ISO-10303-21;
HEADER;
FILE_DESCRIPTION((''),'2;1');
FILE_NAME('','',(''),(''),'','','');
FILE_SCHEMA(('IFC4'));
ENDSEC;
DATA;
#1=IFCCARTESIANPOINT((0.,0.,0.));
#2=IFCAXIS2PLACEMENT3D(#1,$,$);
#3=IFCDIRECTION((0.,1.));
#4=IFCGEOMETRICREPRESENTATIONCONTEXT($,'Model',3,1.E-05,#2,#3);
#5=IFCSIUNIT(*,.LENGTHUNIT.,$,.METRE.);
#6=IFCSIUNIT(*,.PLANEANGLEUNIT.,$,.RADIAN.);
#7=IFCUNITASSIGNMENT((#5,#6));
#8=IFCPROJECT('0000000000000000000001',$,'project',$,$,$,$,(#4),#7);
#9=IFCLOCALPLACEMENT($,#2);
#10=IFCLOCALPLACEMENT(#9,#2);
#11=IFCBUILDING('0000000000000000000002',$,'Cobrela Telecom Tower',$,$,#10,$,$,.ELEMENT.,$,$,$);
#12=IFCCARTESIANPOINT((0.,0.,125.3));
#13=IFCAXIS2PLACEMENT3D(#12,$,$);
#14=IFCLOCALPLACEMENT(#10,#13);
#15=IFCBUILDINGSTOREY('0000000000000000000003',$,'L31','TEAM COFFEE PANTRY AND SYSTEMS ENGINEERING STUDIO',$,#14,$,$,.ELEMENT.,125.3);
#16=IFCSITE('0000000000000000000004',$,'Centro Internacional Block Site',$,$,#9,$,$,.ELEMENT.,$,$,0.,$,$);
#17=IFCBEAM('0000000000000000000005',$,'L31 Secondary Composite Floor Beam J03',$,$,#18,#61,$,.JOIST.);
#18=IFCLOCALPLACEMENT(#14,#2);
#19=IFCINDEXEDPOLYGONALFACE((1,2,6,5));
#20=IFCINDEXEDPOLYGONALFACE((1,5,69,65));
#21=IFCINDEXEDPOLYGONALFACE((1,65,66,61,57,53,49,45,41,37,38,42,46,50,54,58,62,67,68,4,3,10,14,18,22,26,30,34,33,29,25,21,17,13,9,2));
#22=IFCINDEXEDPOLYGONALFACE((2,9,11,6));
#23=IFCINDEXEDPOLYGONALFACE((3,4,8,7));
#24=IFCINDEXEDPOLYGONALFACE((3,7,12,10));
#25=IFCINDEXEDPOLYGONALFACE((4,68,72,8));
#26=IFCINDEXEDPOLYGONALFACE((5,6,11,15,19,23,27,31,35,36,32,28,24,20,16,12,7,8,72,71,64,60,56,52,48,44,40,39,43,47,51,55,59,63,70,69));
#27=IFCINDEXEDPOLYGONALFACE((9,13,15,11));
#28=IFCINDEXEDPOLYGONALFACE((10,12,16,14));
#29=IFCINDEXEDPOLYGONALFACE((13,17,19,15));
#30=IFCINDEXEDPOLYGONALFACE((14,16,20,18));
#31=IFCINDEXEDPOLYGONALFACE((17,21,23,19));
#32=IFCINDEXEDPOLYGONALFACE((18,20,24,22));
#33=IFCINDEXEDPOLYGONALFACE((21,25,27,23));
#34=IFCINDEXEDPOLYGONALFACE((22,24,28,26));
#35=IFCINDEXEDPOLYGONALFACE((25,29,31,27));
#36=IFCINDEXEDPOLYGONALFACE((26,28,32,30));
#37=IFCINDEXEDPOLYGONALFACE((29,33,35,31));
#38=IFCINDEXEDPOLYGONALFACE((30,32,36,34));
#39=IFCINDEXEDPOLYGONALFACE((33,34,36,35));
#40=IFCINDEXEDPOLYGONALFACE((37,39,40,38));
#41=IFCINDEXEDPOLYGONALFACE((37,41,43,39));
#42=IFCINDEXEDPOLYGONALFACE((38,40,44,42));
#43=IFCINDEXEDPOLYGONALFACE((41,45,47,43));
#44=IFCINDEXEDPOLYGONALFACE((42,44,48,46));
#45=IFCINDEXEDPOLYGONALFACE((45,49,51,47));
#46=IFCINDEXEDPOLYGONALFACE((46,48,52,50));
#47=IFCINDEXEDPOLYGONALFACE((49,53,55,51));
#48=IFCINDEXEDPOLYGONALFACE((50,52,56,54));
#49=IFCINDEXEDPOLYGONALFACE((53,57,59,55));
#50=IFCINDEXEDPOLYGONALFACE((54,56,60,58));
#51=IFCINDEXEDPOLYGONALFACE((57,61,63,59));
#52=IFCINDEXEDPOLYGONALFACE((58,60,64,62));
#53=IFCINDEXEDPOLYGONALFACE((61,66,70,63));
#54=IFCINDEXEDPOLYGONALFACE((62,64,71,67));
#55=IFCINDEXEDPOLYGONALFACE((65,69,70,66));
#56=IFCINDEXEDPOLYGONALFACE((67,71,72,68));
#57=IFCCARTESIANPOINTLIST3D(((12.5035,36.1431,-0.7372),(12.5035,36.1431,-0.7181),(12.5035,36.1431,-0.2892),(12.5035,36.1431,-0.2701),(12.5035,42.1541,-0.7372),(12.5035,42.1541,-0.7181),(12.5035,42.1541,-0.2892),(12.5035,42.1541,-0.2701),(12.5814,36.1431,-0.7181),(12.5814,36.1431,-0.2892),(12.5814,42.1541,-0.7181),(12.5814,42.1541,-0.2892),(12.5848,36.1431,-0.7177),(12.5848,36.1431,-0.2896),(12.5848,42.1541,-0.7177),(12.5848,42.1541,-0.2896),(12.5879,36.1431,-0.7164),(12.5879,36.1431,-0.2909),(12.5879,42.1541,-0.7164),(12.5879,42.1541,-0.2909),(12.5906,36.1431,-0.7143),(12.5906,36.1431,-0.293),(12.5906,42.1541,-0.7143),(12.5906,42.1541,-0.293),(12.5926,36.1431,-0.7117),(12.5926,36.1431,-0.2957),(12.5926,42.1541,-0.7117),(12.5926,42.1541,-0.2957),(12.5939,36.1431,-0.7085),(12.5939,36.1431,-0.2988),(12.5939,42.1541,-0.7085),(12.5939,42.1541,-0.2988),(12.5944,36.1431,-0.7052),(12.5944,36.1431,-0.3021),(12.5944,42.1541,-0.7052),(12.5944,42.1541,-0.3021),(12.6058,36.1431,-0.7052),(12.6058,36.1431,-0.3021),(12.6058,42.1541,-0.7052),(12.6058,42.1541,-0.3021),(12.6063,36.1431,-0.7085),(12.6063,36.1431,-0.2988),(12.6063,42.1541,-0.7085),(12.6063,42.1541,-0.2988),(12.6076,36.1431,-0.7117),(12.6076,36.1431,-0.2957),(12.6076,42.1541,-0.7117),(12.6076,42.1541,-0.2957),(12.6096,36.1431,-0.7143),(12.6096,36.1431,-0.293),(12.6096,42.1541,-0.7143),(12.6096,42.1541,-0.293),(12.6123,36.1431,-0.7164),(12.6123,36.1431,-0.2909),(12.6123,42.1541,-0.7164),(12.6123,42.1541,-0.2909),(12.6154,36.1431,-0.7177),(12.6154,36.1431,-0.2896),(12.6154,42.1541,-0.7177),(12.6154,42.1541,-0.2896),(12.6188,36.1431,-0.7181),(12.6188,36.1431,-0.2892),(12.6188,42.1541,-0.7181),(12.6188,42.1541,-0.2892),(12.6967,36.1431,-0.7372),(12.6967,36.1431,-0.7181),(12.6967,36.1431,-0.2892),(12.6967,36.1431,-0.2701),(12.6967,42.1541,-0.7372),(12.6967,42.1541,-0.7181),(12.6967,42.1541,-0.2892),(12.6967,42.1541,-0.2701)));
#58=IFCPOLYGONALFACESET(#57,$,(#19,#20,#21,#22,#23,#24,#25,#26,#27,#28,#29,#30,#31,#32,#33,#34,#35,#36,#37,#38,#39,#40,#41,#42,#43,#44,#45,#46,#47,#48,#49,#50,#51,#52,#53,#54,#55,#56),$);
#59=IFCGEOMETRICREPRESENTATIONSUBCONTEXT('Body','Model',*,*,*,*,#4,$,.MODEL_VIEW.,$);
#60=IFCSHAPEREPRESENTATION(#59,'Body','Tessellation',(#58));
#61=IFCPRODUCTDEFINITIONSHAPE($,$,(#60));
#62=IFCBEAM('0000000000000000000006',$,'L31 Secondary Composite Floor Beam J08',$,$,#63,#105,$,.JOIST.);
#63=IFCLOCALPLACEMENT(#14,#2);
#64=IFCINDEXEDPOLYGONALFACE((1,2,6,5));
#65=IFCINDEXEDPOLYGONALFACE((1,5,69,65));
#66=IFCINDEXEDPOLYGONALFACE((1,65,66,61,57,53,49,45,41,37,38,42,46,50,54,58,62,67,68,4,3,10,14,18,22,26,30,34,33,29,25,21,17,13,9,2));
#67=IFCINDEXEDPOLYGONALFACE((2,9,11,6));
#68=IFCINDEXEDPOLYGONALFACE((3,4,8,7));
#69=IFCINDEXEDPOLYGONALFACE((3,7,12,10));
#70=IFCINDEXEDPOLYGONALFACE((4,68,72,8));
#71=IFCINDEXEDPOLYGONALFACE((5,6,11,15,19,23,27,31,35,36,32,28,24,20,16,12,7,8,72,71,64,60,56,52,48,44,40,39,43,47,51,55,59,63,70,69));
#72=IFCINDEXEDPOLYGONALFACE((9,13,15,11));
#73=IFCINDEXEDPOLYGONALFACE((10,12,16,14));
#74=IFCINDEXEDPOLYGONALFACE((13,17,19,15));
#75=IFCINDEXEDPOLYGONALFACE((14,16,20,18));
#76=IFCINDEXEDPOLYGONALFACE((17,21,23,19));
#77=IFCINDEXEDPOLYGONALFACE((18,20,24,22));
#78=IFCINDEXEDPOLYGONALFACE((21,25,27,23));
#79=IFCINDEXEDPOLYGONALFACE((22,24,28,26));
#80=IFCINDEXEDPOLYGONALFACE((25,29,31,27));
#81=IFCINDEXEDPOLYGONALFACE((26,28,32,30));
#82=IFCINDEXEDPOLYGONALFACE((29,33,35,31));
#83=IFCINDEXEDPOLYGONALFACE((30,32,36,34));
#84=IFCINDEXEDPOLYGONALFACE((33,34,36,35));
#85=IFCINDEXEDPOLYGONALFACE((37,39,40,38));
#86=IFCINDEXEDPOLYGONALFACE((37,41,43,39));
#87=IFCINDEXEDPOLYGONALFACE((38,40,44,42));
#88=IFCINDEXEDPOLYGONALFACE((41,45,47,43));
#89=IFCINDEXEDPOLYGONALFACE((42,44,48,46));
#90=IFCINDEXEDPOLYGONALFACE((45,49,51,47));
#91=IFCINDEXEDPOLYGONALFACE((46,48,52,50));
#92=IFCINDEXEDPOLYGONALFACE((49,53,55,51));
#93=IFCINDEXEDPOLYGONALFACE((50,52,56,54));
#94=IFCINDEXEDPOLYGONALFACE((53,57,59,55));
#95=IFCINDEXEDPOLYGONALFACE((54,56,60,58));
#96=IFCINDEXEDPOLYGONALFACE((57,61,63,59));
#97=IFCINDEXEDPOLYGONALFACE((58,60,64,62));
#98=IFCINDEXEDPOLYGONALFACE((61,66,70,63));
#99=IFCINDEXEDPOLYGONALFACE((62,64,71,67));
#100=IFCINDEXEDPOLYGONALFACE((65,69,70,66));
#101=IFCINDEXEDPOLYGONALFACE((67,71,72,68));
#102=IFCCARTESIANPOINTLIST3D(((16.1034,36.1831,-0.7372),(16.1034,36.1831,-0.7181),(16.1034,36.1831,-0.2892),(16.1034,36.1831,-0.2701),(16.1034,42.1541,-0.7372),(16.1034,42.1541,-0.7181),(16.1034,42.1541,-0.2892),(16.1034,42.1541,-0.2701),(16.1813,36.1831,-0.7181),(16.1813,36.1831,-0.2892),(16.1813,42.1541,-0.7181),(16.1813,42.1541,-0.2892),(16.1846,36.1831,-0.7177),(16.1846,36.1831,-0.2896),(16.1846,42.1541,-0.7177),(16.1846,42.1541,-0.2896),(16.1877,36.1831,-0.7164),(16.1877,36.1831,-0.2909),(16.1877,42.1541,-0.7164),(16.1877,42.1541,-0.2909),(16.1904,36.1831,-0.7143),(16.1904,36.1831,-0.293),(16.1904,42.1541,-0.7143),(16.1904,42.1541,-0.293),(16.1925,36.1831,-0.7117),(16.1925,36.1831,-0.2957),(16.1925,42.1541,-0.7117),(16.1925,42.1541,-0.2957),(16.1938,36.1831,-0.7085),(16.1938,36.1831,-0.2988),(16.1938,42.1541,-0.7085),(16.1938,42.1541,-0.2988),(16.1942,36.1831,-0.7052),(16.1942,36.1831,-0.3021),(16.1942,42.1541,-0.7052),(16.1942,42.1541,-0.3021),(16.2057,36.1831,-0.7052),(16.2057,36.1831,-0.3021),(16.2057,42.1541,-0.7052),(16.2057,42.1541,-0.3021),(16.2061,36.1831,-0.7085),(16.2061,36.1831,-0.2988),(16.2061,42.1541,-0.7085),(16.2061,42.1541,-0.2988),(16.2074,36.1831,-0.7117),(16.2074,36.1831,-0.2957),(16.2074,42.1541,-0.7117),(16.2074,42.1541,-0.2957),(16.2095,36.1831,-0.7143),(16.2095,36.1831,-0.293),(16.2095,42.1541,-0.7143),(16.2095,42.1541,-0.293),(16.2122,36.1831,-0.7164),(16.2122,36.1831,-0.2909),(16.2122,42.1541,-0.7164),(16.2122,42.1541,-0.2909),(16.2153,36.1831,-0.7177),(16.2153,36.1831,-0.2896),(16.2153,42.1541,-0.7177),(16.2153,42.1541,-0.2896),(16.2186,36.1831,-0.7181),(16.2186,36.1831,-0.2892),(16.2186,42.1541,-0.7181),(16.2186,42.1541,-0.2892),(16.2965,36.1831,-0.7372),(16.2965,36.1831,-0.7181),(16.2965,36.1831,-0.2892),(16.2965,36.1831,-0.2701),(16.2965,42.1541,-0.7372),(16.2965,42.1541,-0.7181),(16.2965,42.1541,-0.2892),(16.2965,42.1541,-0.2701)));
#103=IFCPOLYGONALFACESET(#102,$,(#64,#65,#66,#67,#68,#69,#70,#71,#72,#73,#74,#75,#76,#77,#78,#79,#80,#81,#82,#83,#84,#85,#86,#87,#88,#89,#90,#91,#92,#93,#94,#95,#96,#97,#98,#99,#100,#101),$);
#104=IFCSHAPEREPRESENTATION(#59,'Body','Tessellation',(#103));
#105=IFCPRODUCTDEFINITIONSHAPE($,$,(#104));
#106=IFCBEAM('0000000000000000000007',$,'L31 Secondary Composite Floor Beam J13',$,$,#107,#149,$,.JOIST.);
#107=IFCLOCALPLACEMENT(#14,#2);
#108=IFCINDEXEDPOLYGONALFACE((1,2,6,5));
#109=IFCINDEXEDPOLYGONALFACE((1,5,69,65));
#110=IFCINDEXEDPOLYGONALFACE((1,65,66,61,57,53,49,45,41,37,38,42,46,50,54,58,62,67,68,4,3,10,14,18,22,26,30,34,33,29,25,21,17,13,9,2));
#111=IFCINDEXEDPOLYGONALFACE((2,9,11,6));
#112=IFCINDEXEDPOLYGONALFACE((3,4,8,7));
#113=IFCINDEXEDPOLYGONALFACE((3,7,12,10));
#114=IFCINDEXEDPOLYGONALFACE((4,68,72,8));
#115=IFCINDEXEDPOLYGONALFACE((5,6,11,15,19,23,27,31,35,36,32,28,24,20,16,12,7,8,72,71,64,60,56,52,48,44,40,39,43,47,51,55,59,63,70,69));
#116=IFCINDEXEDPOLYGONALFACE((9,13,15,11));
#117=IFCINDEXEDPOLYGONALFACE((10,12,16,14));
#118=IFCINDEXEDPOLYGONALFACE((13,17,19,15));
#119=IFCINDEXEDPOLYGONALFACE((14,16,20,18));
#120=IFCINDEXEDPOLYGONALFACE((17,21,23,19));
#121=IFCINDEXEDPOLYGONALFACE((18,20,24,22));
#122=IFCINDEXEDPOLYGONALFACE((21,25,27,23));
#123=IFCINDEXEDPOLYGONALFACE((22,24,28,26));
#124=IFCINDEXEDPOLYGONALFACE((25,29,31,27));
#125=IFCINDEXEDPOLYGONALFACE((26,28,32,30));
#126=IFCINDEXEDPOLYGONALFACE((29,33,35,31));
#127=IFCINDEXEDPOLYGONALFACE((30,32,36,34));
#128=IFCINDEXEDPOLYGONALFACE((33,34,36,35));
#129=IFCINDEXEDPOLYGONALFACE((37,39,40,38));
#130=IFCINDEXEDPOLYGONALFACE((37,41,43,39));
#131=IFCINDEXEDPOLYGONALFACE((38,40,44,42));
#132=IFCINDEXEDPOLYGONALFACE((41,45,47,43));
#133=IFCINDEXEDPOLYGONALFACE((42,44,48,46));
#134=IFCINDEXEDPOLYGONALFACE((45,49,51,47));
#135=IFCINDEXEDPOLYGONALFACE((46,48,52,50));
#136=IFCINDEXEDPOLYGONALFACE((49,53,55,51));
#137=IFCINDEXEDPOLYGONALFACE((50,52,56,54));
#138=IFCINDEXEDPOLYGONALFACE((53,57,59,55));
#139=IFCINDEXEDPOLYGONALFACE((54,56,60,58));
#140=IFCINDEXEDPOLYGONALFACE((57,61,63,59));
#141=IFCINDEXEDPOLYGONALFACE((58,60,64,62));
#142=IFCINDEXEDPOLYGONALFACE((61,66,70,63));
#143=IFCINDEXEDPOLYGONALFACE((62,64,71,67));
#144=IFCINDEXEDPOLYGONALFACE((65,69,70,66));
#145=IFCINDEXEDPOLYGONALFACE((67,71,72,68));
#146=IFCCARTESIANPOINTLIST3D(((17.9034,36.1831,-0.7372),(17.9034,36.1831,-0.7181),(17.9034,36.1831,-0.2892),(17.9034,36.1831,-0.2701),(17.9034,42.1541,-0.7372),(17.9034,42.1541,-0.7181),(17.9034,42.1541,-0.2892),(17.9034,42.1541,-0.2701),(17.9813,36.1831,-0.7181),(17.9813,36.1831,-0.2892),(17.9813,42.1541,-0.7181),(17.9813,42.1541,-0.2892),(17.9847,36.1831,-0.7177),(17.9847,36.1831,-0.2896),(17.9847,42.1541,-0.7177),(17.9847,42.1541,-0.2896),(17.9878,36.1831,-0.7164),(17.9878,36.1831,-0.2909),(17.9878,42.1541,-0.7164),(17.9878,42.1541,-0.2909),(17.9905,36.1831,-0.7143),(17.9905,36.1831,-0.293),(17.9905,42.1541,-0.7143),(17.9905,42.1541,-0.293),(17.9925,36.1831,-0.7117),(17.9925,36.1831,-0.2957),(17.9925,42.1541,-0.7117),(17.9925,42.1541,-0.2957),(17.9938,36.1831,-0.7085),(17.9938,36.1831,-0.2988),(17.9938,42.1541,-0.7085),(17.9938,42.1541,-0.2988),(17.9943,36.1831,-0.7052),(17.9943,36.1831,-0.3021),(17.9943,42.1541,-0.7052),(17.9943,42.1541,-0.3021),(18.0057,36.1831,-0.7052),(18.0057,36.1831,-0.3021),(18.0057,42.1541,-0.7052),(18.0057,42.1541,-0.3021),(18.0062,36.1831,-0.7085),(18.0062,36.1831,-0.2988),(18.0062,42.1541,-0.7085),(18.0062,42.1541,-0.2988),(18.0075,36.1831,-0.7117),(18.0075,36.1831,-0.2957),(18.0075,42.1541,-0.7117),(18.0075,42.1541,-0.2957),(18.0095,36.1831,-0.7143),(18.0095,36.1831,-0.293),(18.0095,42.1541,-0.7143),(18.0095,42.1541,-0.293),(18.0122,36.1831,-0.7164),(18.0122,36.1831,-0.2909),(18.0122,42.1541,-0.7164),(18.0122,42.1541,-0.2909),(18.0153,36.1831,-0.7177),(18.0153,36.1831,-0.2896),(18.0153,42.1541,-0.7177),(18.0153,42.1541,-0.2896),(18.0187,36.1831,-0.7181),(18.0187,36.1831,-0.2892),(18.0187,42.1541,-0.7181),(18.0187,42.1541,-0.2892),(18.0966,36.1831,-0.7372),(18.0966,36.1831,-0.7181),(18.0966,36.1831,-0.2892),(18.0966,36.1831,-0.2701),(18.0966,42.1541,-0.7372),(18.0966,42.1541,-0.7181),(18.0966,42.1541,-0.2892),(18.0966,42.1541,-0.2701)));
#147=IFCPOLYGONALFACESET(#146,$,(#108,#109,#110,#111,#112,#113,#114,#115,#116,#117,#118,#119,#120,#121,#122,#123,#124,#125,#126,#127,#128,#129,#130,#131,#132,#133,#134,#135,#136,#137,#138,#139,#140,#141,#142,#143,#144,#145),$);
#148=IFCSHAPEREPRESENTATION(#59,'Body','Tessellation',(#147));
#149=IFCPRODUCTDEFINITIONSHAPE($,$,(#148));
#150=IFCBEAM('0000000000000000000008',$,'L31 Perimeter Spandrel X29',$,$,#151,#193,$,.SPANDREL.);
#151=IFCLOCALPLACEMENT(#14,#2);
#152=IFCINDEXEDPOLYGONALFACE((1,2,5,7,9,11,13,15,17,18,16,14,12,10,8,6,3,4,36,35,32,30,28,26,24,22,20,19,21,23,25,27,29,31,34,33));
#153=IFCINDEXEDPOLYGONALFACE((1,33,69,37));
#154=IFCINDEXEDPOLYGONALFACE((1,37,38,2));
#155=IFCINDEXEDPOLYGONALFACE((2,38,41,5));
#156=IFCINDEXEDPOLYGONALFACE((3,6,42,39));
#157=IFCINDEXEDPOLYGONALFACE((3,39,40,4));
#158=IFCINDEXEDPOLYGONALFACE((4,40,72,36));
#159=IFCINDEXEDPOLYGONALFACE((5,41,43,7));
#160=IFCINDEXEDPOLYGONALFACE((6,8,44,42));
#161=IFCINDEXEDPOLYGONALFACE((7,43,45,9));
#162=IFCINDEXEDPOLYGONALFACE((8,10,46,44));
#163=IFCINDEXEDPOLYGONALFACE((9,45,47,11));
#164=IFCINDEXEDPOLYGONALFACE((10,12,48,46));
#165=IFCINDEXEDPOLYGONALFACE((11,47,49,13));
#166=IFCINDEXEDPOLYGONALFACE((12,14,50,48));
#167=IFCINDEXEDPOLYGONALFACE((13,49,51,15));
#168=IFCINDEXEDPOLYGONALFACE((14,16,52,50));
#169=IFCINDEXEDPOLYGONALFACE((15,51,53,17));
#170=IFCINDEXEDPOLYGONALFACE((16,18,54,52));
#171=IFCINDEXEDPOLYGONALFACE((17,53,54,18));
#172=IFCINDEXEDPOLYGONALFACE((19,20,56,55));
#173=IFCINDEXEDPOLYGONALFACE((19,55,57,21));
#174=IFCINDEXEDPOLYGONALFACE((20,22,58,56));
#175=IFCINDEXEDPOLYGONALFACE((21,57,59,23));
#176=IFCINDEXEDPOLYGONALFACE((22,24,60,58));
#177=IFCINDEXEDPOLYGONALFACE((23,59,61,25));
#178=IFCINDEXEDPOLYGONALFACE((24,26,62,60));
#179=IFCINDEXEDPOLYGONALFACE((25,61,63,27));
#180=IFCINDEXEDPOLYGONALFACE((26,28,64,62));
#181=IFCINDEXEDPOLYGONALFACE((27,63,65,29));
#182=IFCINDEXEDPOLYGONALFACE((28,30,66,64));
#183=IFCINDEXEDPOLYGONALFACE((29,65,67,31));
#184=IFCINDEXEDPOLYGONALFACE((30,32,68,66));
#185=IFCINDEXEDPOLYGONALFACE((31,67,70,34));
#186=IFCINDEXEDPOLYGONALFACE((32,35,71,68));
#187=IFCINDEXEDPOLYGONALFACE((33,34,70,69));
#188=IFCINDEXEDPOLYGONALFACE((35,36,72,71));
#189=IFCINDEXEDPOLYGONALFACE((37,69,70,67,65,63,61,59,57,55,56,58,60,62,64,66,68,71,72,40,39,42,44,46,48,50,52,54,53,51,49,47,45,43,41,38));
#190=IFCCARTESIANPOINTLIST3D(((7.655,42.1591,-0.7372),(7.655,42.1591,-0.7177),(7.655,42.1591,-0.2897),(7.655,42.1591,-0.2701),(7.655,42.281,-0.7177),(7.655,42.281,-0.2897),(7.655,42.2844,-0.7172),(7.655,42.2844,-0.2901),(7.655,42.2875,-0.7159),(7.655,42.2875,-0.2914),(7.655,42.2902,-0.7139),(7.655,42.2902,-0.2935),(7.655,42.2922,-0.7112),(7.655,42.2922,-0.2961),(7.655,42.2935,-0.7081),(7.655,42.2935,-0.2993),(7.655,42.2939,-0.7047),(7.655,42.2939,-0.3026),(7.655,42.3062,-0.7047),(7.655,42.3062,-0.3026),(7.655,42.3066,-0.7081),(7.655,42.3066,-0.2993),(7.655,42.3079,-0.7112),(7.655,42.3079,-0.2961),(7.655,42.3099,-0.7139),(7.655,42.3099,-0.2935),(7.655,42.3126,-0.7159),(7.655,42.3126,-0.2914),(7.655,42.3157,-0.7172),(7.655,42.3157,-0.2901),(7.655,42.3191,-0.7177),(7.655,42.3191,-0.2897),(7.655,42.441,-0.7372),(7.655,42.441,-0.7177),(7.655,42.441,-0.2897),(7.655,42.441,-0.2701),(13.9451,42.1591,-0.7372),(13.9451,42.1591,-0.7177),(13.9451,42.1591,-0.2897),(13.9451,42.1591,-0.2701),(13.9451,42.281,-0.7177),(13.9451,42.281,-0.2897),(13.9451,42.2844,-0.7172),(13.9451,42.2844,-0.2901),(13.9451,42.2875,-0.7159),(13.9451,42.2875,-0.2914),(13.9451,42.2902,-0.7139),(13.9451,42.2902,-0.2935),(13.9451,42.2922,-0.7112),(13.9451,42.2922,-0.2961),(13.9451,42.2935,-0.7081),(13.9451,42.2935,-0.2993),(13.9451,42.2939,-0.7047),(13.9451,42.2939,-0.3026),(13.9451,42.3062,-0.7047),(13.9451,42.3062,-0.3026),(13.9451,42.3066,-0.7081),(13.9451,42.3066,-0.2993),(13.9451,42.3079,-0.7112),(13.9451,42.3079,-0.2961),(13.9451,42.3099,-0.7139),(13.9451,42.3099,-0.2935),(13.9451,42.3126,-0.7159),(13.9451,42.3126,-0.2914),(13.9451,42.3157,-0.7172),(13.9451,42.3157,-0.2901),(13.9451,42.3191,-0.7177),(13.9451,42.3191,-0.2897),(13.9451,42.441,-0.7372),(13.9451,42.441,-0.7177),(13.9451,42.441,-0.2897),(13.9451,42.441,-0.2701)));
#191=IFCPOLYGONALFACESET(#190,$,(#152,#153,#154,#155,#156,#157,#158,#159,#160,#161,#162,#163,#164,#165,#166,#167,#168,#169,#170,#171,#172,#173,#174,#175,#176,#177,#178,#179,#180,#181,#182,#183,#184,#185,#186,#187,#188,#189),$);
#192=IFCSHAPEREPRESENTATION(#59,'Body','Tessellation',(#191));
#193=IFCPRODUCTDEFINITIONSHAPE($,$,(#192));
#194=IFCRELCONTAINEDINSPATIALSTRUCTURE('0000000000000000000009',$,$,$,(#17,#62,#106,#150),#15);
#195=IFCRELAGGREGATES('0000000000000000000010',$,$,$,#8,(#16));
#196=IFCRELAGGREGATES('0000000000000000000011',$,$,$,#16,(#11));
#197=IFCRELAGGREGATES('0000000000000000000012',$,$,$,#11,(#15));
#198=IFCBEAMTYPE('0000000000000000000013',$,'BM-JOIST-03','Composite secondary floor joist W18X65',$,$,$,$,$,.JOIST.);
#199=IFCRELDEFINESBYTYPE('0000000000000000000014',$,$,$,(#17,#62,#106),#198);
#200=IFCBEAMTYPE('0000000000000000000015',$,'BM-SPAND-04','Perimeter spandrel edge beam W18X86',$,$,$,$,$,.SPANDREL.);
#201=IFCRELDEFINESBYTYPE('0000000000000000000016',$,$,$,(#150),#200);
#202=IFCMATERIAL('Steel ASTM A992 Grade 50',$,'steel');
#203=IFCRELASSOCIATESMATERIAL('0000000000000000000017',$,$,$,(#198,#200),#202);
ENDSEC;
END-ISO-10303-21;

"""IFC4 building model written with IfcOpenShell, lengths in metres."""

from ifc_helpers import new_model, si_unit, direction, frame, origin, origin_2d, place, context, subcontext, project, spatial, i_section, extrude, material, material_profile, profile_set, type_object, element, save


model = new_model("IFC4")

# Units and contexts
model_context = context("Model", 3, precision=1e-05, world=origin(), true_north=direction((0.0, 1.0)))
body_context = subcontext(model_context, "Body", "Model", "MODEL_VIEW")
ifc_project = project(units=[si_unit("LENGTHUNIT", "METRE"), si_unit("PLANEANGLEUNIT", "RADIAN")], contexts=[model_context])

# Site, building, storey
site_placement = place(None, origin())
site = spatial("IfcSite", under=ifc_project, at=site_placement, Name="Centro Internacional Block Site", CompositionType="ELEMENT", RefElevation=0.0)
building_placement = place(site_placement, origin())
building = spatial("IfcBuilding", under=site, at=building_placement, Name="Cobrela Telecom Tower", CompositionType="ELEMENT")
storey_placement = place(building_placement, frame((0.0, 0.0, 125.3)))
storey = spatial("IfcBuildingStorey", under=building, at=storey_placement, Name="L31", Description="TEAM COFFEE PANTRY AND SYSTEMS ENGINEERING STUDIO", CompositionType="ELEMENT", Elevation=125.3)

# Beams
ifc_material_1 = material(Name="Steel ASTM A992 Grade 50", Category="steel")
ifc_material_profile_1 = material_profile(ifc_material_1, i_section(OverallWidth=0.1931, OverallDepth=0.467, WebThickness=0.0115, FlangeThickness=0.019, FilletRadius=0.0129, at=origin_2d()), Name="W18X65")
ifc_profile_set_1 = profile_set([ifc_material_profile_1], Name="Steel ASTM A992 Grade 50")
beam_type_1 = type_object("IfcBeamType", Name="BM-JOIST-03", Description="Composite secondary floor joist W18X65", PredefinedType="JOIST", material=ifc_profile_set_1)
for number, where, z_axis, x_axis, name in (
    (1, (12.6001, 36.1431, -0.5037), (0.0, 1.0, 0.0), (-1.0, 0.0, 0.0), "L31 Secondary Composite Floor Beam J03"),
):
    element("IfcBeam", number, at=place(storey_placement, frame(where, z_axis=z_axis, x_axis=x_axis)), inside=storey, type_object=beam_type_1, Name=name, PredefinedType="JOIST", context=body_context, shape_type="SweptSolid", body=[
        extrude(i_section(OverallWidth=0.1931, OverallDepth=0.467, WebThickness=0.0115, FlangeThickness=0.019, FilletRadius=0.0129, at=origin_2d()), origin(), (0.0, 0.0, 1.0), 6.011),
    ])
for number, where, z_axis, x_axis, name in (
    (2, (16.2, 36.1831, -0.5037), (0.0, 1.0, 0.0), (-1.0, 0.0, 0.0), "L31 Secondary Composite Floor Beam J08"),
    (3, (18.0, 36.1831, -0.5037), (0.0, 1.0, 0.0), (-1.0, 0.0, 0.0), "L31 Secondary Composite Floor Beam J13"),
):
    element("IfcBeam", number, at=place(storey_placement, frame(where, z_axis=z_axis, x_axis=x_axis)), inside=storey, type_object=beam_type_1, Name=name, PredefinedType="JOIST", context=body_context, shape_type="SweptSolid", body=[
        extrude(i_section(OverallWidth=0.1931, OverallDepth=0.467, WebThickness=0.0115, FlangeThickness=0.019, FilletRadius=0.0129, at=origin_2d()), origin(), (0.0, 0.0, 1.0), 5.9709),
    ])
ifc_material_profile_2 = material_profile(ifc_material_1, i_section(OverallWidth=0.282, OverallDepth=0.467, WebThickness=0.0122, FlangeThickness=0.0195, FilletRadius=0.0129, at=origin_2d()), Name="W18X86")
ifc_profile_set_2 = profile_set([ifc_material_profile_2], Name="Steel ASTM A992 Grade 50")
beam_type_2 = type_object("IfcBeamType", Name="BM-SPAND-04", Description="Perimeter spandrel edge beam W18X86", PredefinedType="SPANDREL", material=ifc_profile_set_2)
for number, where, z_axis, x_axis, name in (
    (4, (7.655, 42.3, -0.5037), (1.0, 0.0, 0.0), (0.0, 1.0, 0.0), "L31 Perimeter Spandrel X29"),
):
    element("IfcBeam", number, at=place(storey_placement, frame(where, z_axis=z_axis, x_axis=x_axis)), inside=storey, type_object=beam_type_2, Name=name, PredefinedType="SPANDREL", context=body_context, shape_type="SweptSolid", body=[
        extrude(i_section(OverallWidth=0.282, OverallDepth=0.467, WebThickness=0.0122, FlangeThickness=0.0195, FilletRadius=0.0129, at=origin_2d()), origin(), (0.0, 0.0, 1.0), 6.29),
    ])

save(model, "model.ifc")
